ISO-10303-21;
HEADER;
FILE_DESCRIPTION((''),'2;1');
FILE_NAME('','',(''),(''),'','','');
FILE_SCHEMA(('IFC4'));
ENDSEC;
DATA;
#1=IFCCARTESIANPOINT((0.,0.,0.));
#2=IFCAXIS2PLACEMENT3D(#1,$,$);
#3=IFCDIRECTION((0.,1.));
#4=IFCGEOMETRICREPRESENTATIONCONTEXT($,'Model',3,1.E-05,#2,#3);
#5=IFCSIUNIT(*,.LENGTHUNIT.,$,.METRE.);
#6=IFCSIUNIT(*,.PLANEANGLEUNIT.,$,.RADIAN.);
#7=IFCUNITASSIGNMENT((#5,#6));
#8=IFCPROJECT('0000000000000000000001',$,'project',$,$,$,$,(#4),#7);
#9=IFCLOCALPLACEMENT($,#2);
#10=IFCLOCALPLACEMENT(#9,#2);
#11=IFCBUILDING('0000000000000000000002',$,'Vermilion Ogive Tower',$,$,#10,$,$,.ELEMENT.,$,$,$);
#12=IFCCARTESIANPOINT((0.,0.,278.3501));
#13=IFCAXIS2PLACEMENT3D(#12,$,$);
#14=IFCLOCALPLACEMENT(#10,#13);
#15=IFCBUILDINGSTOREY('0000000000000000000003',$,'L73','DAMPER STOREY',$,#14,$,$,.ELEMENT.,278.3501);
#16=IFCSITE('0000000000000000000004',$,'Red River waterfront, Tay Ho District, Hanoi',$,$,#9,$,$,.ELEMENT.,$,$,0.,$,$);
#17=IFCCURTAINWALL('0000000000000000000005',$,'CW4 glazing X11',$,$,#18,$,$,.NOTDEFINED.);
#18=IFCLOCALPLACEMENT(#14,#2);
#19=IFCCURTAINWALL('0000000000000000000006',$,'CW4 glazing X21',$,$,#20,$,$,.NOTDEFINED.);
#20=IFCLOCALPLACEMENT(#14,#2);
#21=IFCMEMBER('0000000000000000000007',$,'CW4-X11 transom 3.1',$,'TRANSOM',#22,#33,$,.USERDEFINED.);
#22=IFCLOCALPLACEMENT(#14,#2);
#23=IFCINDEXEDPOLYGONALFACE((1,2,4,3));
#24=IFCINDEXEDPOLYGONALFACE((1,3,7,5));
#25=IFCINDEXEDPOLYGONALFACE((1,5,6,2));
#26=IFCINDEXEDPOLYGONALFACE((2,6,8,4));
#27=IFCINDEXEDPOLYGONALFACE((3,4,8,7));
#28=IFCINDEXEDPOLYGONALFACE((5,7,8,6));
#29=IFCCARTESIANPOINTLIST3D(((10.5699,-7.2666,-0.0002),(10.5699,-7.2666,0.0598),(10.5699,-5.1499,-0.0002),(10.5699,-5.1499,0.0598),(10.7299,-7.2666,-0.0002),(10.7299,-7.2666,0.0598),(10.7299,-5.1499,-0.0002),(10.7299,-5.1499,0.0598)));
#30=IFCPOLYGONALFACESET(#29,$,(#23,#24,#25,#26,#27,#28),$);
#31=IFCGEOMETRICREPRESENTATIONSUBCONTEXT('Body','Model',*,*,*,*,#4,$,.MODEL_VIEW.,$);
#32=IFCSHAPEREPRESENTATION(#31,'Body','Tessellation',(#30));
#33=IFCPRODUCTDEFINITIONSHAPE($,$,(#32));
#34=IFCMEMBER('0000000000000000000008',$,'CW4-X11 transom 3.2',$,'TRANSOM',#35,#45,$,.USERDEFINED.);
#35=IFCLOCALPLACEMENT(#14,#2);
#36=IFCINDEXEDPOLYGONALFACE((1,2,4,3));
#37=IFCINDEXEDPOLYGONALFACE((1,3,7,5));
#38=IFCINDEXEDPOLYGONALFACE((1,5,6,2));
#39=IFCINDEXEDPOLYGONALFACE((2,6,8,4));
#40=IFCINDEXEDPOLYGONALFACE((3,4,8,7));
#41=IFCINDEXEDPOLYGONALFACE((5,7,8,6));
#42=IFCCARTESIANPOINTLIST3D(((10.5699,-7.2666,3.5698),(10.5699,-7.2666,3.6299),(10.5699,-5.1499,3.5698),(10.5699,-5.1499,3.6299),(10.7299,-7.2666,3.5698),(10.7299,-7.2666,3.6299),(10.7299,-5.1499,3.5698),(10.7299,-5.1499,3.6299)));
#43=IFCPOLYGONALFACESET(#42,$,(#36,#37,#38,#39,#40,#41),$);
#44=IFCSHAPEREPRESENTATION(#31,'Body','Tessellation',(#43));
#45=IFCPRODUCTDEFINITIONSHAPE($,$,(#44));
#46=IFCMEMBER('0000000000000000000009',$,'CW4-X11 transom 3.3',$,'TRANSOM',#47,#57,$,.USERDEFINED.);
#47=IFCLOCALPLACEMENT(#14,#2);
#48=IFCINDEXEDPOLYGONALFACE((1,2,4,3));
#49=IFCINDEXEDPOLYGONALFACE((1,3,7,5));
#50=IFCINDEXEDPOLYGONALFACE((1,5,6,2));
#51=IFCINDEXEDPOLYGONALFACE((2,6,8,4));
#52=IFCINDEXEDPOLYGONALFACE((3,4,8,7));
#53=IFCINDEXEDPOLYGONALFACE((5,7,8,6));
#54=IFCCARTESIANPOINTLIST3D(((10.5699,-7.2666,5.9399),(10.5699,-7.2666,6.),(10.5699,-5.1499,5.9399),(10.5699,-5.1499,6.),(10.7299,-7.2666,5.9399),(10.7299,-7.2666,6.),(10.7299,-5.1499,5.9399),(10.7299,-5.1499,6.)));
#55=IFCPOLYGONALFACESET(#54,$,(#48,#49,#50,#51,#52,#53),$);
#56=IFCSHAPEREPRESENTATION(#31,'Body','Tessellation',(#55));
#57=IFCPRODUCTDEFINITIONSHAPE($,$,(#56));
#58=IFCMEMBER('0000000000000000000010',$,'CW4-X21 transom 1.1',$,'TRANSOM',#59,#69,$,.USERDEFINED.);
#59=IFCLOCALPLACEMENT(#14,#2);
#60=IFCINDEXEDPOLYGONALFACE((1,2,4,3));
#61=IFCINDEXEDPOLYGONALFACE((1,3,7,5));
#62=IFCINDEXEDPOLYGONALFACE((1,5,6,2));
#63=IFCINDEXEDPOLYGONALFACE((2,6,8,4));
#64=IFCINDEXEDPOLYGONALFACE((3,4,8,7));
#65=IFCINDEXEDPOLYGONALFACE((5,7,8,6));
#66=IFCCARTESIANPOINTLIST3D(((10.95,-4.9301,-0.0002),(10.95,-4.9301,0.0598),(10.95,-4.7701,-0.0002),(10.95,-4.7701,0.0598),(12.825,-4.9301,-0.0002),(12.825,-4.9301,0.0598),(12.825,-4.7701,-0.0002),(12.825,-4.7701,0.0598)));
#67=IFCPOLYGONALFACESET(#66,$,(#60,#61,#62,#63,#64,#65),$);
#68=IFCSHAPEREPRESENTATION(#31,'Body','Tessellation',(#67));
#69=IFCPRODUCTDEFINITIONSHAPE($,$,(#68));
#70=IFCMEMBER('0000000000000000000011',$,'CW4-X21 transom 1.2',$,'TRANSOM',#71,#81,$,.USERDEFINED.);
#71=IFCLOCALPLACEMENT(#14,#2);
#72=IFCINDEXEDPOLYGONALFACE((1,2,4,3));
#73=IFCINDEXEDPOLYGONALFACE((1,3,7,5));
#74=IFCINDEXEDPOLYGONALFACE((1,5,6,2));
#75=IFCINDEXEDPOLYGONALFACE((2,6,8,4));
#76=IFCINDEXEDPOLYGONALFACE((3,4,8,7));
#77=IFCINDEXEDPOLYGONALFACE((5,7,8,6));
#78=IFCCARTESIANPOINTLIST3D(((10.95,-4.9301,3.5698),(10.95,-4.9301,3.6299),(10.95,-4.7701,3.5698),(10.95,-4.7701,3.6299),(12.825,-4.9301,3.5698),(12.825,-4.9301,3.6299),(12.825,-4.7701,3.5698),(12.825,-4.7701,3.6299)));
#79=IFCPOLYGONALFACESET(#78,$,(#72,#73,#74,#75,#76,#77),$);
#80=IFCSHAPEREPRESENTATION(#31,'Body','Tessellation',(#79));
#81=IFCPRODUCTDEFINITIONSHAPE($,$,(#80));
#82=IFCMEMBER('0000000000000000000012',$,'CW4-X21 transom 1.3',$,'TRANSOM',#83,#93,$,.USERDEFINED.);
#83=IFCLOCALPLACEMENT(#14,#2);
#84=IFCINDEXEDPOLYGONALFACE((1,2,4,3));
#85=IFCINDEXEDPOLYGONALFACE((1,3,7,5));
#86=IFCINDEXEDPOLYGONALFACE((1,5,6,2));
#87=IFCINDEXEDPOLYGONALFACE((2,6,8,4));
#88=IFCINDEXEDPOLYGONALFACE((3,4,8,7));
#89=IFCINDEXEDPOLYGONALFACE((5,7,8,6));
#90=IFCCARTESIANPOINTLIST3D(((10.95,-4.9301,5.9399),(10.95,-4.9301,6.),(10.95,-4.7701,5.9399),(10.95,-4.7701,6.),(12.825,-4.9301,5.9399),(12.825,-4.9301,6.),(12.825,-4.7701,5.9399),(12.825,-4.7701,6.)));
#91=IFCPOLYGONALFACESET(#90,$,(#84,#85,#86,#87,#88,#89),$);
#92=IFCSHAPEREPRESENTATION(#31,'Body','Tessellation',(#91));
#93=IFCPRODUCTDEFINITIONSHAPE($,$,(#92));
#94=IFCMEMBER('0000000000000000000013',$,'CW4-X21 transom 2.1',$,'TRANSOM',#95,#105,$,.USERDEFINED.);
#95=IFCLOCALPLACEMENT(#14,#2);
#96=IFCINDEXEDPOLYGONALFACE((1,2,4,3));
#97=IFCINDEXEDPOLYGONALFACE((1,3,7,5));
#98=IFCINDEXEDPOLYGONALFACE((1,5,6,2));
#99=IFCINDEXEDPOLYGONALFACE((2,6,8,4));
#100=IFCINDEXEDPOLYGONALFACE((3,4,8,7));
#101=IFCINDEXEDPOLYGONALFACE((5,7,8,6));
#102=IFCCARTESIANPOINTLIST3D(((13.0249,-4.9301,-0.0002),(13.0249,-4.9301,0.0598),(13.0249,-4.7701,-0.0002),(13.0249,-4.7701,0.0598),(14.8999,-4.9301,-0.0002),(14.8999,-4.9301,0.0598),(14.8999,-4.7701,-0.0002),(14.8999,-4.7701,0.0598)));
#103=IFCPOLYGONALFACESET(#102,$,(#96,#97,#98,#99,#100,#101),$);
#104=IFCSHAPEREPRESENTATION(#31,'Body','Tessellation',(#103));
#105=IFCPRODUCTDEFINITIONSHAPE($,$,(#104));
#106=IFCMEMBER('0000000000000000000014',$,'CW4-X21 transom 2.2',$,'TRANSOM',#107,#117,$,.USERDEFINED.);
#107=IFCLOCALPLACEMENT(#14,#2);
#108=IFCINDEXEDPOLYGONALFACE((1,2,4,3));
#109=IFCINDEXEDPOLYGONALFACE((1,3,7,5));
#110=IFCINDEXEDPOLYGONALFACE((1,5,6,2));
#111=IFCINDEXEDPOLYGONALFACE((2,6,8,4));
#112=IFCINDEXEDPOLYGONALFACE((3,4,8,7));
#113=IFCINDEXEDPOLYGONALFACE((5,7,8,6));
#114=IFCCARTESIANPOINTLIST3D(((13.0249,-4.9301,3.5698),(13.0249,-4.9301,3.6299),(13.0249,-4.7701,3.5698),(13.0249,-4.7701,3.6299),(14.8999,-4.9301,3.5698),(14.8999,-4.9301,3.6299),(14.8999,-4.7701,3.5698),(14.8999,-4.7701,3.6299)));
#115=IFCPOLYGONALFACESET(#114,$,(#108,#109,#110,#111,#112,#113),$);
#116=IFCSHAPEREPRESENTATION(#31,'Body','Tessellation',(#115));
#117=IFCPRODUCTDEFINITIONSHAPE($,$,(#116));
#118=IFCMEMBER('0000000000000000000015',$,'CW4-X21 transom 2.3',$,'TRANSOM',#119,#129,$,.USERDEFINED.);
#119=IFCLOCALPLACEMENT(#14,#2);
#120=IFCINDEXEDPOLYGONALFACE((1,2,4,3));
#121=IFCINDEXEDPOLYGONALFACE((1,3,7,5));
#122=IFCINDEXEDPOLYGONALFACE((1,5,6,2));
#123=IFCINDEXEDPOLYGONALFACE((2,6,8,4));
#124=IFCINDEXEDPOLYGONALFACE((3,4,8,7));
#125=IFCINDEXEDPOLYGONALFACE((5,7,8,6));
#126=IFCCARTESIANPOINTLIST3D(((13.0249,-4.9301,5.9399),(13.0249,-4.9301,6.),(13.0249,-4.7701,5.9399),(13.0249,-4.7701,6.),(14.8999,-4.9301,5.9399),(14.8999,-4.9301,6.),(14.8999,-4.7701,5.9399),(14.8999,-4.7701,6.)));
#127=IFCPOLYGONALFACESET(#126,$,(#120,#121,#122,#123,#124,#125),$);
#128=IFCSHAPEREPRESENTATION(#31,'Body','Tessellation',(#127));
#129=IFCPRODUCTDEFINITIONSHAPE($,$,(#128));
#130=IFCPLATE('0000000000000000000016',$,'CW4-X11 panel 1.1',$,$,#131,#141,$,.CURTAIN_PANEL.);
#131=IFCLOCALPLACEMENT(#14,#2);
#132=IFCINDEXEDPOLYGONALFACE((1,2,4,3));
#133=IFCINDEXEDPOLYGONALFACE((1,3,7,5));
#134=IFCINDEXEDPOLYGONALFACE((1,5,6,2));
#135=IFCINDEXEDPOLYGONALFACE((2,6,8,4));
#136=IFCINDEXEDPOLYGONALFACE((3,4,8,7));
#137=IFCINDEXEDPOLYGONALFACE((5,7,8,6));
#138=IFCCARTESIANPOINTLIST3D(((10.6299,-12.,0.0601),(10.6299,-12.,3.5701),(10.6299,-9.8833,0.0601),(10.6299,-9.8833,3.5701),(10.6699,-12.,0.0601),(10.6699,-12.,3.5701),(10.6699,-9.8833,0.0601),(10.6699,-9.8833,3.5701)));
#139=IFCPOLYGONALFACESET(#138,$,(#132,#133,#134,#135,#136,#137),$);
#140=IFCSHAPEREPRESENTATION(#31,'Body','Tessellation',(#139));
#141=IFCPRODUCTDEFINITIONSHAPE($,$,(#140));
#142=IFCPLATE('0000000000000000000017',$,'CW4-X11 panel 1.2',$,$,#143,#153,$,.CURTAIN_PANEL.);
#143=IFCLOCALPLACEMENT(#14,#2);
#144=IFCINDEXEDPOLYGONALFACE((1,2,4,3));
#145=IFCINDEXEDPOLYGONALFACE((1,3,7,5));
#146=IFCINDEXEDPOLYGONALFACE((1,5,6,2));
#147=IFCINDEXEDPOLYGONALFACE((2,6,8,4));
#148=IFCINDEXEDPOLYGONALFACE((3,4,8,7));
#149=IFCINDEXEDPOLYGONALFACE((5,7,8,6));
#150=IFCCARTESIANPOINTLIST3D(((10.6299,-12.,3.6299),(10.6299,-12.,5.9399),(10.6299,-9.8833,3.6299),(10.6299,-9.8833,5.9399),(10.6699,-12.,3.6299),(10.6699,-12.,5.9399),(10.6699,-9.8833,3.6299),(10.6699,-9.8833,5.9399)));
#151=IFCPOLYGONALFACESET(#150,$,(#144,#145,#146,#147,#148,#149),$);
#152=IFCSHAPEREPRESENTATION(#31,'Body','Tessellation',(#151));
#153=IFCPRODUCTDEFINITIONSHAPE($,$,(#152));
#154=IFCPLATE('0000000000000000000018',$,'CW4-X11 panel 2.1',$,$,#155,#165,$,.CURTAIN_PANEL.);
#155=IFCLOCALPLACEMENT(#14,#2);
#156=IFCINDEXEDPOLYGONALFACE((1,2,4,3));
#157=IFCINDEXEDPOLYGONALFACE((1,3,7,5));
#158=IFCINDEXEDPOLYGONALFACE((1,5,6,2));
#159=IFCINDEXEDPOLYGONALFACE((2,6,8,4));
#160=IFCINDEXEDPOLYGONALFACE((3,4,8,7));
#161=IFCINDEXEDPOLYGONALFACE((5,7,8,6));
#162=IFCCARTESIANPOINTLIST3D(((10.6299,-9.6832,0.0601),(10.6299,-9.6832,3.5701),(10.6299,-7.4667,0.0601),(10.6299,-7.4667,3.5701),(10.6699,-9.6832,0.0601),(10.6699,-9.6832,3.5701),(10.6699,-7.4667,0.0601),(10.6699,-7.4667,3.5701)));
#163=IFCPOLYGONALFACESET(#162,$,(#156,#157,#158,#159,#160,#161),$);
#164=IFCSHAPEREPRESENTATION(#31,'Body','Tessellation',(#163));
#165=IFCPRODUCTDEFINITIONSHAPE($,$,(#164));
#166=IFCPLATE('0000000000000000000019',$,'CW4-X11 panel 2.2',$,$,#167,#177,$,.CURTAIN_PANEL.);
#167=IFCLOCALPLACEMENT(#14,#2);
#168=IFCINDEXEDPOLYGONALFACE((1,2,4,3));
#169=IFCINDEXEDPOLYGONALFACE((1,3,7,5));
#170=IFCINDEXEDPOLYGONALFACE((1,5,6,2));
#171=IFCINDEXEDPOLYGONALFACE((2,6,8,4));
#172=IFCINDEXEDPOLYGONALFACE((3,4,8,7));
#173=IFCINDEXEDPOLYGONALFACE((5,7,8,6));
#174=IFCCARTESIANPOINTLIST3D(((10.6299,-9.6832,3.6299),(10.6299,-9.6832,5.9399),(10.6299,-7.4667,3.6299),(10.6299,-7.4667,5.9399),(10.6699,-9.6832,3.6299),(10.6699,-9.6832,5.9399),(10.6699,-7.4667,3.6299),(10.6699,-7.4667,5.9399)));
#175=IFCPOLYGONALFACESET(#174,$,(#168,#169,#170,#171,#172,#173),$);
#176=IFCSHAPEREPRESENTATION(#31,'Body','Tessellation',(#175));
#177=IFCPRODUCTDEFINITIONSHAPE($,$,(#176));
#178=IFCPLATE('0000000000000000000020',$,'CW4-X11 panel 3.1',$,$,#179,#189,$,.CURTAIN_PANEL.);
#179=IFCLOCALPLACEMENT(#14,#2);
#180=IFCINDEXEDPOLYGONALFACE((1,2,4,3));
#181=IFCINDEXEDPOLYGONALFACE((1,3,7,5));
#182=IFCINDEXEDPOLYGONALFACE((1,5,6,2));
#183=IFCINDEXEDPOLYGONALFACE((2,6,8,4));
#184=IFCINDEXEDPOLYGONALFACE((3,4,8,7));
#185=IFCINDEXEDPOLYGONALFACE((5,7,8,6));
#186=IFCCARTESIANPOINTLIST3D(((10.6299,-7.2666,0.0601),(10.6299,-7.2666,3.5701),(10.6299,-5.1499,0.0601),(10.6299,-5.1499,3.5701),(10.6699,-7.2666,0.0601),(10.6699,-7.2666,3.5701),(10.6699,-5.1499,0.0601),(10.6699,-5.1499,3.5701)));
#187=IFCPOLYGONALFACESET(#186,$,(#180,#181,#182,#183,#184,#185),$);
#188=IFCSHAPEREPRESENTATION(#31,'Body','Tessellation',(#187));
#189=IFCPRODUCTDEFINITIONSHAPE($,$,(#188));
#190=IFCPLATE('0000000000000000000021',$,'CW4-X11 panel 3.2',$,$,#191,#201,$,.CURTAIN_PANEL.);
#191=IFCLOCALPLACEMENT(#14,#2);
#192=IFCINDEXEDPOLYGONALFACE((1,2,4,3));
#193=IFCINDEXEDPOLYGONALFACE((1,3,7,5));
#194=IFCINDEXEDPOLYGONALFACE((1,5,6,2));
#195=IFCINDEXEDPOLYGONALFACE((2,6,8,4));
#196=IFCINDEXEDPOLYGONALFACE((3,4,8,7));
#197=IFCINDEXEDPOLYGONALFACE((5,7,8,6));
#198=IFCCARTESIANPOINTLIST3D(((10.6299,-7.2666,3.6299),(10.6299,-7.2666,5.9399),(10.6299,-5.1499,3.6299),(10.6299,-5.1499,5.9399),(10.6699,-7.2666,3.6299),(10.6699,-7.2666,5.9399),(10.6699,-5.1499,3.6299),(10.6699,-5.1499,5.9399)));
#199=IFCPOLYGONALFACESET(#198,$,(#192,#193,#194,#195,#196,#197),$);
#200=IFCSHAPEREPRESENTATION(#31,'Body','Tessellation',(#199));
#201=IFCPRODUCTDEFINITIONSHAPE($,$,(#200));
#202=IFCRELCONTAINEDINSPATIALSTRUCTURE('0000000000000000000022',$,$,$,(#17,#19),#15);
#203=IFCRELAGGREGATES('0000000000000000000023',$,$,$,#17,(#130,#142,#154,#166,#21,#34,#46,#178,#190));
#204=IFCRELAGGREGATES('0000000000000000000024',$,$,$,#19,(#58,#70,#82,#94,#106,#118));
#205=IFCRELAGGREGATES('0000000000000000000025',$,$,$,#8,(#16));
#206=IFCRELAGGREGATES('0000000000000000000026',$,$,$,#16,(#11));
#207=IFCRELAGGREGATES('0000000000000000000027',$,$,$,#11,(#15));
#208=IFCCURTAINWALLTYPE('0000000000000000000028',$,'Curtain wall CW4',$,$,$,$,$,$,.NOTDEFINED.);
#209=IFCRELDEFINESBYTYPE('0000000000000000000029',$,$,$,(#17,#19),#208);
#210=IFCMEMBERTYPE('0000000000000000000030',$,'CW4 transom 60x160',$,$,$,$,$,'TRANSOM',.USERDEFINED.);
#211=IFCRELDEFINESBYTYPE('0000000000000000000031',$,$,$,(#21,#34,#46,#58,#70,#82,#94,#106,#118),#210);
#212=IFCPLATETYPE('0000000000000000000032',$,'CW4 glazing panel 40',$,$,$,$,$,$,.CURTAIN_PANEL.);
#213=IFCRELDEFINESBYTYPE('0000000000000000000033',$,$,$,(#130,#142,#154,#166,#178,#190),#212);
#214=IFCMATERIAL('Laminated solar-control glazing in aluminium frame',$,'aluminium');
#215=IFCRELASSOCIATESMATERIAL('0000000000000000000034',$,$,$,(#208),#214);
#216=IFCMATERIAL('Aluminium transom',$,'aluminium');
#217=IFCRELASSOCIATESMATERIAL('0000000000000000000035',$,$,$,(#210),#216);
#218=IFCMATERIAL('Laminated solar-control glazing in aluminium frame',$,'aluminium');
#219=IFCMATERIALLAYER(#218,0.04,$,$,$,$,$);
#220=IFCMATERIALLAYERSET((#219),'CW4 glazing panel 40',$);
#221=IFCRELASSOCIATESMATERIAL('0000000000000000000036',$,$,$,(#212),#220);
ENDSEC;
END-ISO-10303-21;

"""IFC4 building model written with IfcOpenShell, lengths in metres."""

from ifc_helpers import new_model, si_unit, direction, frame, origin, origin_2d, place, context, subcontext, project, spatial, rectangle, extrude, material, layer, layer_set, material_profile, profile_set, type_object, element, aggregate, save


model = new_model("IFC4")

# Units and contexts
model_context = context("Model", 3, precision=1e-05, world=origin(), true_north=direction((0.0, 1.0)))
body_context = subcontext(model_context, "Body", "Model", "MODEL_VIEW")
ifc_project = project(units=[si_unit("LENGTHUNIT", "METRE"), si_unit("PLANEANGLEUNIT", "RADIAN")], contexts=[model_context])

# Site, building, storey
site_placement = place(None, origin())
site = spatial("IfcSite", under=ifc_project, at=site_placement, Name="Red River waterfront, Tay Ho District, Hanoi", CompositionType="ELEMENT", RefElevation=0.0)
building_placement = place(site_placement, origin())
building = spatial("IfcBuilding", under=site, at=building_placement, Name="Vermilion Ogive Tower", CompositionType="ELEMENT")
storey_placement = place(building_placement, frame((0.0, 0.0, 278.3501)))
storey = spatial("IfcBuildingStorey", under=building, at=storey_placement, Name="L73", Description="DAMPER STOREY", CompositionType="ELEMENT", Elevation=278.3501)

# Shared definitions
ifc_material_1 = material(Name="Laminated solar-control glazing in aluminium frame", Category="aluminium")
curtain_wall_type = type_object("IfcCurtainWallType", Name="Curtain wall CW4", PredefinedType="NOTDEFINED", material=ifc_material_1)

# Curtain walls
curtain_wall_1_placement = place(storey_placement, origin())
curtain_wall_1 = element("IfcCurtainWall", 1, at=curtain_wall_1_placement, inside=storey, type_object=curtain_wall_type, Name="CW4 glazing X11", PredefinedType="NOTDEFINED")
curtain_wall_2_placement = place(storey_placement, origin())
curtain_wall_2 = element("IfcCurtainWall", 2, at=curtain_wall_2_placement, inside=storey, type_object=curtain_wall_type, Name="CW4 glazing X21", PredefinedType="NOTDEFINED")

# Members
ifc_material_2 = material(Name="Aluminium transom", Category="aluminium")
ifc_material_profile_1 = material_profile(ifc_material_2, rectangle(XDim=0.1599, YDim=0.0601, at=origin_2d()), Name="AL 60x160")
ifc_profile_set_1 = profile_set([ifc_material_profile_1], Name="Aluminium transom")
member_type_1 = type_object("IfcMemberType", Name="CW4 transom 60x160", ElementType="TRANSOM", PredefinedType="USERDEFINED", material=ifc_profile_set_1)
member_1_placement = place(storey_placement, frame((10.6499, -7.2666, 0.0298), z_axis=(0.0, 1.0, 0.0), x_axis=(-1.0, 0.0, 0.0)))
member_1 = element("IfcMember", 3, at=member_1_placement, type_object=member_type_1, Name="CW4-X11 transom 3.1", ObjectType="TRANSOM", PredefinedType="USERDEFINED", context=body_context, shape_type="SweptSolid", body=[
    extrude(rectangle(XDim=0.1599, YDim=0.0601, at=origin_2d()), origin(), (0.0, 0.0, 1.0), 2.1167),
])
member_2_placement = place(storey_placement, frame((10.6499, -7.2666, 3.5999), z_axis=(0.0, 1.0, 0.0), x_axis=(-1.0, 0.0, 0.0)))
member_2 = element("IfcMember", 4, at=member_2_placement, type_object=member_type_1, Name="CW4-X11 transom 3.2", ObjectType="TRANSOM", PredefinedType="USERDEFINED", context=body_context, shape_type="SweptSolid", body=[
    extrude(rectangle(XDim=0.1599, YDim=0.0601, at=origin_2d()), origin(), (0.0, 0.0, 1.0), 2.1167),
])
member_3_placement = place(storey_placement, frame((10.6499, -7.2666, 5.97), z_axis=(0.0, 1.0, 0.0), x_axis=(-1.0, 0.0, 0.0)))
member_3 = element("IfcMember", 5, at=member_3_placement, type_object=member_type_1, Name="CW4-X11 transom 3.3", ObjectType="TRANSOM", PredefinedType="USERDEFINED", context=body_context, shape_type="SweptSolid", body=[
    extrude(rectangle(XDim=0.1599, YDim=0.0601, at=origin_2d()), origin(), (0.0, 0.0, 1.0), 2.1167),
])
member_4_placement = place(storey_placement, frame((10.95, -4.8501, 0.0298), z_axis=(1.0, 0.0, 0.0), x_axis=(0.0, 1.0, 0.0)))
member_4 = element("IfcMember", 6, at=member_4_placement, type_object=member_type_1, Name="CW4-X21 transom 1.1", ObjectType="TRANSOM", PredefinedType="USERDEFINED", context=body_context, shape_type="SweptSolid", body=[
    extrude(rectangle(XDim=0.1599, YDim=0.0601, at=origin_2d()), origin(), (0.0, 0.0, 1.0), 1.875),
])
member_5_placement = place(storey_placement, frame((10.95, -4.8501, 3.5999), z_axis=(1.0, 0.0, 0.0), x_axis=(0.0, 1.0, 0.0)))
member_5 = element("IfcMember", 7, at=member_5_placement, type_object=member_type_1, Name="CW4-X21 transom 1.2", ObjectType="TRANSOM", PredefinedType="USERDEFINED", context=body_context, shape_type="SweptSolid", body=[
    extrude(rectangle(XDim=0.1599, YDim=0.0601, at=origin_2d()), origin(), (0.0, 0.0, 1.0), 1.875),
])
member_6_placement = place(storey_placement, frame((10.95, -4.8501, 5.97), z_axis=(1.0, 0.0, 0.0), x_axis=(0.0, 1.0, 0.0)))
member_6 = element("IfcMember", 8, at=member_6_placement, type_object=member_type_1, Name="CW4-X21 transom 1.3", ObjectType="TRANSOM", PredefinedType="USERDEFINED", context=body_context, shape_type="SweptSolid", body=[
    extrude(rectangle(XDim=0.1599, YDim=0.0601, at=origin_2d()), origin(), (0.0, 0.0, 1.0), 1.875),
])
member_7_placement = place(storey_placement, frame((13.0249, -4.8501, 0.0298), z_axis=(1.0, 0.0, 0.0), x_axis=(0.0, 1.0, 0.0)))
member_7 = element("IfcMember", 9, at=member_7_placement, type_object=member_type_1, Name="CW4-X21 transom 2.1", ObjectType="TRANSOM", PredefinedType="USERDEFINED", context=body_context, shape_type="SweptSolid", body=[
    extrude(rectangle(XDim=0.1599, YDim=0.0601, at=origin_2d()), origin(), (0.0, 0.0, 1.0), 1.875),
])
member_8_placement = place(storey_placement, frame((13.0249, -4.8501, 3.5999), z_axis=(1.0, 0.0, 0.0), x_axis=(0.0, 1.0, 0.0)))
member_8 = element("IfcMember", 10, at=member_8_placement, type_object=member_type_1, Name="CW4-X21 transom 2.2", ObjectType="TRANSOM", PredefinedType="USERDEFINED", context=body_context, shape_type="SweptSolid", body=[
    extrude(rectangle(XDim=0.1599, YDim=0.0601, at=origin_2d()), origin(), (0.0, 0.0, 1.0), 1.875),
])
member_9_placement = place(storey_placement, frame((13.0249, -4.8501, 5.97), z_axis=(1.0, 0.0, 0.0), x_axis=(0.0, 1.0, 0.0)))
member_9 = element("IfcMember", 11, at=member_9_placement, type_object=member_type_1, Name="CW4-X21 transom 2.3", ObjectType="TRANSOM", PredefinedType="USERDEFINED", context=body_context, shape_type="SweptSolid", body=[
    extrude(rectangle(XDim=0.1599, YDim=0.0601, at=origin_2d()), origin(), (0.0, 0.0, 1.0), 1.875),
])

# Plates
ifc_material_3 = material(Name="Laminated solar-control glazing in aluminium frame", Category="aluminium")
ifc_layer_1 = layer(ifc_material_3, 0.04)
ifc_layer_set_1 = layer_set([ifc_layer_1], Name="CW4 glazing panel 40")
plate_type = type_object("IfcPlateType", Name="CW4 glazing panel 40", PredefinedType="CURTAIN_PANEL", material=ifc_layer_set_1)
plate_1_placement = place(storey_placement, frame((10.6499, -10.9417, 0.0601), z_axis=(0.0, 0.0, 1.0), x_axis=(0.0, 1.0, 0.0)))
plate_1 = element("IfcPlate", 12, at=plate_1_placement, type_object=plate_type, Name="CW4-X11 panel 1.1", PredefinedType="CURTAIN_PANEL", context=body_context, shape_type="SweptSolid", body=[
    extrude(rectangle(XDim=2.1167, YDim=0.04, at=origin_2d()), origin(), (0.0, 0.0, 1.0), 3.51),
])
plate_2_placement = place(storey_placement, frame((10.6499, -10.9417, 3.6299), z_axis=(0.0, 0.0, 1.0), x_axis=(0.0, 1.0, 0.0)))
plate_2 = element("IfcPlate", 13, at=plate_2_placement, type_object=plate_type, Name="CW4-X11 panel 1.2", PredefinedType="CURTAIN_PANEL", context=body_context, shape_type="SweptSolid", body=[
    extrude(rectangle(XDim=2.1167, YDim=0.04, at=origin_2d()), origin(), (0.0, 0.0, 1.0), 2.3101),
])
plate_3_placement = place(storey_placement, frame((10.6499, -8.575, 0.0601), z_axis=(0.0, 0.0, 1.0), x_axis=(0.0, 1.0, 0.0)))
plate_3 = element("IfcPlate", 14, at=plate_3_placement, type_object=plate_type, Name="CW4-X11 panel 2.1", PredefinedType="CURTAIN_PANEL", context=body_context, shape_type="SweptSolid", body=[
    extrude(rectangle(XDim=2.2166, YDim=0.04, at=origin_2d()), origin(), (0.0, 0.0, 1.0), 3.51),
])
plate_4_placement = place(storey_placement, frame((10.6499, -8.575, 3.6299), z_axis=(0.0, 0.0, 1.0), x_axis=(0.0, 1.0, 0.0)))
plate_4 = element("IfcPlate", 15, at=plate_4_placement, type_object=plate_type, Name="CW4-X11 panel 2.2", PredefinedType="CURTAIN_PANEL", context=body_context, shape_type="SweptSolid", body=[
    extrude(rectangle(XDim=2.2166, YDim=0.04, at=origin_2d()), origin(), (0.0, 0.0, 1.0), 2.3101),
])
plate_5_placement = place(storey_placement, frame((10.6499, -6.2083, 0.0601), z_axis=(0.0, 0.0, 1.0), x_axis=(0.0, 1.0, 0.0)))
plate_5 = element("IfcPlate", 16, at=plate_5_placement, type_object=plate_type, Name="CW4-X11 panel 3.1", PredefinedType="CURTAIN_PANEL", context=body_context, shape_type="SweptSolid", body=[
    extrude(rectangle(XDim=2.1167, YDim=0.04, at=origin_2d()), origin(), (0.0, 0.0, 1.0), 3.51),
])
plate_6_placement = place(storey_placement, frame((10.6499, -6.2083, 3.6299), z_axis=(0.0, 0.0, 1.0), x_axis=(0.0, 1.0, 0.0)))
plate_6 = element("IfcPlate", 17, at=plate_6_placement, type_object=plate_type, Name="CW4-X11 panel 3.2", PredefinedType="CURTAIN_PANEL", context=body_context, shape_type="SweptSolid", body=[
    extrude(rectangle(XDim=2.1167, YDim=0.04, at=origin_2d()), origin(), (0.0, 0.0, 1.0), 2.3101),
])
aggregate(curtain_wall_1, [plate_1, plate_2, plate_3, plate_4, member_1, member_2, member_3, plate_5, plate_6])
aggregate(curtain_wall_2, [member_4, member_5, member_6, member_7, member_8, member_9])

save(model, "model.ifc")
